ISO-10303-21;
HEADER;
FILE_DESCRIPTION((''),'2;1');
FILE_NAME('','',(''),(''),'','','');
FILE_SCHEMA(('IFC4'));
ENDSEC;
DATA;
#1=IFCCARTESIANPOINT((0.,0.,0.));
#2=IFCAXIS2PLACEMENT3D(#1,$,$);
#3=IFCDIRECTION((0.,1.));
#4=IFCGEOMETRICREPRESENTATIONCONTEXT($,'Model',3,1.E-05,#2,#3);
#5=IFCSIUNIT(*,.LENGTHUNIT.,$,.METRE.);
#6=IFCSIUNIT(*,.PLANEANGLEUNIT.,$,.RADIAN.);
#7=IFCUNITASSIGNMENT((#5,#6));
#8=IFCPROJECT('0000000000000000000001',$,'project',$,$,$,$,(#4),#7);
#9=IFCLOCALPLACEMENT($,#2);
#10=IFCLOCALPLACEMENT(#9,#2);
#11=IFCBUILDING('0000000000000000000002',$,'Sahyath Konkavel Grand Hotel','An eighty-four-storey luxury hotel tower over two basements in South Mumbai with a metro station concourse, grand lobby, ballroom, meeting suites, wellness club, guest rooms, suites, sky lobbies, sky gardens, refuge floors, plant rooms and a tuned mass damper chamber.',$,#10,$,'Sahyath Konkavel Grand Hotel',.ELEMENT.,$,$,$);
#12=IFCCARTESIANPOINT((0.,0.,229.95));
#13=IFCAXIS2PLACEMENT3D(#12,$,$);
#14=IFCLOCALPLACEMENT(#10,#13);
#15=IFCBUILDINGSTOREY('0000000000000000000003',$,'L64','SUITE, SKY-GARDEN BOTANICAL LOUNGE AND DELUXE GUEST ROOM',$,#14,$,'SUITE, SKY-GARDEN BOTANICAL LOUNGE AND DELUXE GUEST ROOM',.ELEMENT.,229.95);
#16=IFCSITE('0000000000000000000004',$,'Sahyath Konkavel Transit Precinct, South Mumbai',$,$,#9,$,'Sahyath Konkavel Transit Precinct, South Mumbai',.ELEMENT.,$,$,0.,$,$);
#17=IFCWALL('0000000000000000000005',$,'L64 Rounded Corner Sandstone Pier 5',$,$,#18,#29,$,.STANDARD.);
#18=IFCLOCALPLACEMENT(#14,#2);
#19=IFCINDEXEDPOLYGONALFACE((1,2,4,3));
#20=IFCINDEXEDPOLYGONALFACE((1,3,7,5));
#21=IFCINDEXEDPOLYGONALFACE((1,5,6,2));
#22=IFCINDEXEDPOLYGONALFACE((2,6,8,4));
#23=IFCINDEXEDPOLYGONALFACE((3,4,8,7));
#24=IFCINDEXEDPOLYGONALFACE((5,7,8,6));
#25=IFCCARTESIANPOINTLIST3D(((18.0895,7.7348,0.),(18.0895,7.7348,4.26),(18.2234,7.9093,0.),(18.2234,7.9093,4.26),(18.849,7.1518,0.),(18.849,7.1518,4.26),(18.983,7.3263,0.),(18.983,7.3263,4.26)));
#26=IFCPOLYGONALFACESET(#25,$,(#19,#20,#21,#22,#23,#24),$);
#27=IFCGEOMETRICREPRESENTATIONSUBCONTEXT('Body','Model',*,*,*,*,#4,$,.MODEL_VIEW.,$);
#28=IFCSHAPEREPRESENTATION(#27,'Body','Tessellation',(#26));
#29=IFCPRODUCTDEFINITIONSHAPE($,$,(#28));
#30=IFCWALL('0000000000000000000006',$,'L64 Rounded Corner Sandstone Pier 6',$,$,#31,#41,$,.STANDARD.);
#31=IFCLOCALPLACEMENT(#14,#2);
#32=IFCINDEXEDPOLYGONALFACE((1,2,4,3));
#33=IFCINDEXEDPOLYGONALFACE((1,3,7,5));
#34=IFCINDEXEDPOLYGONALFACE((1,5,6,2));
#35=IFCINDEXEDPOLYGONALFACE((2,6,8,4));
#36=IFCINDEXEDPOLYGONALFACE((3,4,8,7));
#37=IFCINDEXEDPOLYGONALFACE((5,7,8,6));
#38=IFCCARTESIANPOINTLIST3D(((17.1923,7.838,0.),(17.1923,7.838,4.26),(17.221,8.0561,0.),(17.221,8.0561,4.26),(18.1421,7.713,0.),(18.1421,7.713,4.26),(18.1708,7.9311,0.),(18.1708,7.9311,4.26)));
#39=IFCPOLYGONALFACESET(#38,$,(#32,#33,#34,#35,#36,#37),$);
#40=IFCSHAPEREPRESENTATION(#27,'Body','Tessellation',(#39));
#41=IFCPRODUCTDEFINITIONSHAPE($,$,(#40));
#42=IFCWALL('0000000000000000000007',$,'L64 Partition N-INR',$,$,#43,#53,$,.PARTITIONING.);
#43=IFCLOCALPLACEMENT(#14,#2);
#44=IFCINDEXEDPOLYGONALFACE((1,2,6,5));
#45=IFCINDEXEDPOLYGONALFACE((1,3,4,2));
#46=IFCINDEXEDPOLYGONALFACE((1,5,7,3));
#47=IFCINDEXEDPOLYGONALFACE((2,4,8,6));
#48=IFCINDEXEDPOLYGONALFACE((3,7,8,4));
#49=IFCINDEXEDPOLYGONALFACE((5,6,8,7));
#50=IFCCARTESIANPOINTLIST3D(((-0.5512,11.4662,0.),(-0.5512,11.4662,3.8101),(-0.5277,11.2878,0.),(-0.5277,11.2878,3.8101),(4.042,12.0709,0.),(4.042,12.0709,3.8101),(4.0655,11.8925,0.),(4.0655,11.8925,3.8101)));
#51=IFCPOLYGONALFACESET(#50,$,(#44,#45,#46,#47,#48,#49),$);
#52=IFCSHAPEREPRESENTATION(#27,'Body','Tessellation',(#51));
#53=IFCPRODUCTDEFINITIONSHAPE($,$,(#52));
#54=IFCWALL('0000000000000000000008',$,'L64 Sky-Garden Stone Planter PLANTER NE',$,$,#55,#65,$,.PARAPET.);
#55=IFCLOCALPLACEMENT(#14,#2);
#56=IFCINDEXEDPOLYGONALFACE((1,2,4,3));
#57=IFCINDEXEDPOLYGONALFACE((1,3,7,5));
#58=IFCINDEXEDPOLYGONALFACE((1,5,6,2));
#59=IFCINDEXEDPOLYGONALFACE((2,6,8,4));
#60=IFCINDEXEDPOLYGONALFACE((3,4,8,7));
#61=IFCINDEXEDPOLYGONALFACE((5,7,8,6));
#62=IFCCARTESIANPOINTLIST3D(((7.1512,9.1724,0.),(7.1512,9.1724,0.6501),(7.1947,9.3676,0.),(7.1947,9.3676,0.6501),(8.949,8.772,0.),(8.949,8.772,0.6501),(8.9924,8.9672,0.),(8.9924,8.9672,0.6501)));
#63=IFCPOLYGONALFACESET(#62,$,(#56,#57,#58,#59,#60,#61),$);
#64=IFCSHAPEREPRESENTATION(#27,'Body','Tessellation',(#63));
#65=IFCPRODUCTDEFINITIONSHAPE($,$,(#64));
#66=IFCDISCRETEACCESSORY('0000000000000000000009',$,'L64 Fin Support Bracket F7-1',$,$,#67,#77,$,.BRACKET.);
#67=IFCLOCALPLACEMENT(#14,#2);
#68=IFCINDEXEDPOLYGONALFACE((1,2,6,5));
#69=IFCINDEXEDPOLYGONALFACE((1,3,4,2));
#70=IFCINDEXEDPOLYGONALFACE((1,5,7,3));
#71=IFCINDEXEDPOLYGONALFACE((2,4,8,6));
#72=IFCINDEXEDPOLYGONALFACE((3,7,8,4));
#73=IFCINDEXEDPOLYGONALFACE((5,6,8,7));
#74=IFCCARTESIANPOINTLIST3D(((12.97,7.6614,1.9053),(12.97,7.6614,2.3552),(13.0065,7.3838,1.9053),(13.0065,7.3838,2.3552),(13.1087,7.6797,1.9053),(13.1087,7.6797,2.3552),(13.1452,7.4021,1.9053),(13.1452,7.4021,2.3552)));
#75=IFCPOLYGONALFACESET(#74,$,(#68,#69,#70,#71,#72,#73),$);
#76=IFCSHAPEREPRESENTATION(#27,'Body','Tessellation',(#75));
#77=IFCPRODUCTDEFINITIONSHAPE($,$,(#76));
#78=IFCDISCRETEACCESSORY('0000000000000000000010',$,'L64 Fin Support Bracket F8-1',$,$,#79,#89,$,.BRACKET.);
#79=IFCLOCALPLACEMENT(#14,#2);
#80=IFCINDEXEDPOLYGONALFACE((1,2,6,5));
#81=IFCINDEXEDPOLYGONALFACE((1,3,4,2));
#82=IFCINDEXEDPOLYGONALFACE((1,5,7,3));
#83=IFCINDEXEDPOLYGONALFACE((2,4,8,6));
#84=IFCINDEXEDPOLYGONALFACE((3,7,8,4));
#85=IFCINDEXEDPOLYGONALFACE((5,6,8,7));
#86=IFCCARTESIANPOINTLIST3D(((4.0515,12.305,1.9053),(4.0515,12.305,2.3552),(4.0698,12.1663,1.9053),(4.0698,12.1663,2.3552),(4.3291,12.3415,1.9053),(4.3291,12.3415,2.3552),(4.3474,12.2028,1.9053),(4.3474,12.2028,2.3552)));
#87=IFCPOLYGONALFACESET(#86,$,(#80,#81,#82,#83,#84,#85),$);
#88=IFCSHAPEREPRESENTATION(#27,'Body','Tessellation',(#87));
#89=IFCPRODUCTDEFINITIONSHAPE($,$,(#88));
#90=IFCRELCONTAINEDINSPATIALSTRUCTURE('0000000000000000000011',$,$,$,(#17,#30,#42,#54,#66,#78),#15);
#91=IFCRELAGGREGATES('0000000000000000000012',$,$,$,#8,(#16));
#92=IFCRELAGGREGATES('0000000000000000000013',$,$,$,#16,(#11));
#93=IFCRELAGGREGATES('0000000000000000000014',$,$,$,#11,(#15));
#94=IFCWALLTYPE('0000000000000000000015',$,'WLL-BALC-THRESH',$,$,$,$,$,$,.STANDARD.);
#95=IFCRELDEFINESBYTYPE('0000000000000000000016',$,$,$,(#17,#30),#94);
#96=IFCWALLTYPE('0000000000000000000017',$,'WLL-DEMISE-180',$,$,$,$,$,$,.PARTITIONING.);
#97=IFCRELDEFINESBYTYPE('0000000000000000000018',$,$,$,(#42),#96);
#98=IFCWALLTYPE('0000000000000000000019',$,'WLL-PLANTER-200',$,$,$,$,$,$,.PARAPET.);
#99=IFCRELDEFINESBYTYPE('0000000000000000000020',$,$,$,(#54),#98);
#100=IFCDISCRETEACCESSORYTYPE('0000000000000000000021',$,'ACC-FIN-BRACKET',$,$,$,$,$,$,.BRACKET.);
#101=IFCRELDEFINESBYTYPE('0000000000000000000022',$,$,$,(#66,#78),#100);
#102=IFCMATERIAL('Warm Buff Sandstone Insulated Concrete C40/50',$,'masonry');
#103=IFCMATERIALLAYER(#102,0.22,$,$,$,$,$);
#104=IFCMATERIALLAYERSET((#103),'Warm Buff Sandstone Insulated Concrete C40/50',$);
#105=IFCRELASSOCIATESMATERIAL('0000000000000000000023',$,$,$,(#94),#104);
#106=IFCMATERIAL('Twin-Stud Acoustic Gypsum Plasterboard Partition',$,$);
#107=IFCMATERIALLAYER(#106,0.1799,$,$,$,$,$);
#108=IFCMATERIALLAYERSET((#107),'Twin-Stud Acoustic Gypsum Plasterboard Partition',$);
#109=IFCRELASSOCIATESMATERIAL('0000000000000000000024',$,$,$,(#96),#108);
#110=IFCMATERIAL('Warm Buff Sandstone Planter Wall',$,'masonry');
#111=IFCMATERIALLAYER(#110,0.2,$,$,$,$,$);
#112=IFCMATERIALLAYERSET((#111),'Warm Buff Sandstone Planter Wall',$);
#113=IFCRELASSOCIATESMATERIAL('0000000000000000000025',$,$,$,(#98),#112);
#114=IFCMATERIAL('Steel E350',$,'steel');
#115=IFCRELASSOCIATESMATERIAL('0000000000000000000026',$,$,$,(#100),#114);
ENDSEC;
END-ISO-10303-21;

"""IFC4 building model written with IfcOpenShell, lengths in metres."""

from ifc_helpers import new_model, si_unit, direction, frame, frame_2d, origin, origin_2d, place, context, subcontext, project, spatial, rectangle, extrude, source, transform, mapped, material, layer, layer_set, type_object, element, save


model = new_model("IFC4")

# Units and contexts
model_context = context("Model", 3, precision=1e-05, world=origin(), true_north=direction((0.0, 1.0)))
body_context = subcontext(model_context, "Body", "Model", "MODEL_VIEW")
ifc_project = project(units=[si_unit("LENGTHUNIT", "METRE"), si_unit("PLANEANGLEUNIT", "RADIAN")], contexts=[model_context])

# Site, building, storey
site_placement = place(None, origin())
site = spatial("IfcSite", under=ifc_project, at=site_placement, Name="Sahyath Konkavel Transit Precinct, South Mumbai", LongName="Sahyath Konkavel Transit Precinct, South Mumbai", CompositionType="ELEMENT", RefElevation=0.0)
building_placement = place(site_placement, origin())
building = spatial("IfcBuilding", under=site, at=building_placement, Name="Sahyath Konkavel Grand Hotel", Description="An eighty-four-storey luxury hotel tower over two basements in South Mumbai with a metro station concourse, grand lobby, ballroom, meeting suites, wellness club, guest rooms, suites, sky lobbies, sky gardens, refuge floors, plant rooms and a tuned mass damper chamber.", LongName="Sahyath Konkavel Grand Hotel", CompositionType="ELEMENT")
storey_placement = place(building_placement, frame((0.0, 0.0, 229.95)))
storey = spatial("IfcBuildingStorey", under=building, at=storey_placement, Name="L64", Description="SUITE, SKY-GARDEN BOTANICAL LOUNGE AND DELUXE GUEST ROOM", LongName="SUITE, SKY-GARDEN BOTANICAL LOUNGE AND DELUXE GUEST ROOM", CompositionType="ELEMENT", Elevation=229.95)

# Shared definitions
ifc_material_1 = material(Name="Steel E350", Category="steel")

# Walls
ifc_material_2 = material(Name="Warm Buff Sandstone Insulated Concrete C40/50", Category="masonry")
ifc_layer_1 = layer(ifc_material_2, 0.22)
ifc_layer_set_1 = layer_set([ifc_layer_1], Name="Warm Buff Sandstone Insulated Concrete C40/50")
wall_type_1 = type_object("IfcWallType", Name="WLL-BALC-THRESH", PredefinedType="STANDARD", material=ifc_layer_set_1)
wall_1_placement = place(storey_placement, frame((18.916, 7.239, 0.0), z_axis=(0.0, 0.0, 1.0), x_axis=(-0.793249, 0.608897, 0.0)))
element("IfcWall", 1, at=wall_1_placement, inside=storey, type_object=wall_type_1, Name="L64 Rounded Corner Sandstone Pier 5", PredefinedType="STANDARD", context=body_context, shape_type="SweptSolid", body=[
    extrude(rectangle(XDim=0.9575, YDim=0.22, at=frame_2d((0.4788, 0.0))), origin(), (0.0, 0.0, 1.0), 4.26),
])
wall_2_placement = place(storey_placement, frame((18.1565, 7.822, 0.0), z_axis=(0.0, 0.0, 1.0), x_axis=(-0.991449, 0.130494, 0.0)))
element("IfcWall", 2, at=wall_2_placement, inside=storey, type_object=wall_type_1, Name="L64 Rounded Corner Sandstone Pier 6", PredefinedType="STANDARD", context=body_context, shape_type="SweptSolid", body=[
    extrude(rectangle(XDim=0.958, YDim=0.22, at=frame_2d((0.479, 0.0))), origin(), (0.0, 0.0, 1.0), 4.26),
])
ifc_material_3 = material(Name="Twin-Stud Acoustic Gypsum Plasterboard Partition")
ifc_layer_2 = layer(ifc_material_3, 0.1799)
ifc_layer_set_2 = layer_set([ifc_layer_2], Name="Twin-Stud Acoustic Gypsum Plasterboard Partition")
wall_type_2 = type_object("IfcWallType", Name="WLL-DEMISE-180", PredefinedType="PARTITIONING", material=ifc_layer_set_2)
wall_3_placement = place(storey_placement, frame((4.0537, 11.9817, 0.0), z_axis=(0.0, 0.0, 1.0), x_axis=(-0.991444, -0.130531, 0.0)))
element("IfcWall", 3, at=wall_3_placement, inside=storey, type_object=wall_type_2, Name="L64 Partition N-INR", PredefinedType="PARTITIONING", context=body_context, shape_type="SweptSolid", body=[
    extrude(rectangle(XDim=4.6328, YDim=0.1799, at=frame_2d((2.3164, 0.0))), origin(), (0.0, 0.0, 1.0), 3.8101),
])
ifc_material_4 = material(Name="Warm Buff Sandstone Planter Wall", Category="masonry")
ifc_layer_3 = layer(ifc_material_4, 0.2)
ifc_layer_set_3 = layer_set([ifc_layer_3], Name="Warm Buff Sandstone Planter Wall")
wall_type_3 = type_object("IfcWallType", Name="WLL-PLANTER-200", PredefinedType="PARAPET", material=ifc_layer_set_3)
wall_4_placement = place(storey_placement, frame((8.9707, 8.8696, 0.0), z_axis=(0.0, 0.0, 1.0), x_axis=(-0.976087, 0.21738, 0.0)))
element("IfcWall", 4, at=wall_4_placement, inside=storey, type_object=wall_type_3, Name="L64 Sky-Garden Stone Planter PLANTER NE", PredefinedType="PARAPET", context=body_context, shape_type="SweptSolid", body=[
    extrude(rectangle(XDim=1.8418, YDim=0.2, at=frame_2d((0.9209, 0.0))), origin(), (0.0, 0.0, 1.0), 0.6501),
])

# Discrete accessories
discrete_accessory_type = type_object("IfcDiscreteAccessoryType", Name="ACC-FIN-BRACKET", PredefinedType="BRACKET", material=ifc_material_1)
shared_shape_1 = source(origin(), body_context, "Body", "SweptSolid", [
    extrude(rectangle(XDim=0.28, YDim=0.1399, at=origin_2d()), origin(), (0.0, 0.0, 1.0), 0.45),
])
for number, where, z_axis, x_axis, name in (
    (5, (13.0576, 7.5317, 1.9053), (0.0, 0.0, 1.0), (-0.130526, 0.991445, 0.0), "L64 Fin Support Bracket F7-1"),
    (6, (4.1995, 12.2539, 1.9053), (0.0, 0.0, 1.0), (0.991445, 0.130526, 0.0), "L64 Fin Support Bracket F8-1"),
):
    element("IfcDiscreteAccessory", number, at=place(storey_placement, frame(where, z_axis=z_axis, x_axis=x_axis)), inside=storey, type_object=discrete_accessory_type, Name=name, PredefinedType="BRACKET", context=body_context, shape_type="MappedRepresentation", body=[
        mapped(shared_shape_1, transform((0.0, 0.0, 0.0), scale=1.0)),
    ])

save(model, "model.ifc")
